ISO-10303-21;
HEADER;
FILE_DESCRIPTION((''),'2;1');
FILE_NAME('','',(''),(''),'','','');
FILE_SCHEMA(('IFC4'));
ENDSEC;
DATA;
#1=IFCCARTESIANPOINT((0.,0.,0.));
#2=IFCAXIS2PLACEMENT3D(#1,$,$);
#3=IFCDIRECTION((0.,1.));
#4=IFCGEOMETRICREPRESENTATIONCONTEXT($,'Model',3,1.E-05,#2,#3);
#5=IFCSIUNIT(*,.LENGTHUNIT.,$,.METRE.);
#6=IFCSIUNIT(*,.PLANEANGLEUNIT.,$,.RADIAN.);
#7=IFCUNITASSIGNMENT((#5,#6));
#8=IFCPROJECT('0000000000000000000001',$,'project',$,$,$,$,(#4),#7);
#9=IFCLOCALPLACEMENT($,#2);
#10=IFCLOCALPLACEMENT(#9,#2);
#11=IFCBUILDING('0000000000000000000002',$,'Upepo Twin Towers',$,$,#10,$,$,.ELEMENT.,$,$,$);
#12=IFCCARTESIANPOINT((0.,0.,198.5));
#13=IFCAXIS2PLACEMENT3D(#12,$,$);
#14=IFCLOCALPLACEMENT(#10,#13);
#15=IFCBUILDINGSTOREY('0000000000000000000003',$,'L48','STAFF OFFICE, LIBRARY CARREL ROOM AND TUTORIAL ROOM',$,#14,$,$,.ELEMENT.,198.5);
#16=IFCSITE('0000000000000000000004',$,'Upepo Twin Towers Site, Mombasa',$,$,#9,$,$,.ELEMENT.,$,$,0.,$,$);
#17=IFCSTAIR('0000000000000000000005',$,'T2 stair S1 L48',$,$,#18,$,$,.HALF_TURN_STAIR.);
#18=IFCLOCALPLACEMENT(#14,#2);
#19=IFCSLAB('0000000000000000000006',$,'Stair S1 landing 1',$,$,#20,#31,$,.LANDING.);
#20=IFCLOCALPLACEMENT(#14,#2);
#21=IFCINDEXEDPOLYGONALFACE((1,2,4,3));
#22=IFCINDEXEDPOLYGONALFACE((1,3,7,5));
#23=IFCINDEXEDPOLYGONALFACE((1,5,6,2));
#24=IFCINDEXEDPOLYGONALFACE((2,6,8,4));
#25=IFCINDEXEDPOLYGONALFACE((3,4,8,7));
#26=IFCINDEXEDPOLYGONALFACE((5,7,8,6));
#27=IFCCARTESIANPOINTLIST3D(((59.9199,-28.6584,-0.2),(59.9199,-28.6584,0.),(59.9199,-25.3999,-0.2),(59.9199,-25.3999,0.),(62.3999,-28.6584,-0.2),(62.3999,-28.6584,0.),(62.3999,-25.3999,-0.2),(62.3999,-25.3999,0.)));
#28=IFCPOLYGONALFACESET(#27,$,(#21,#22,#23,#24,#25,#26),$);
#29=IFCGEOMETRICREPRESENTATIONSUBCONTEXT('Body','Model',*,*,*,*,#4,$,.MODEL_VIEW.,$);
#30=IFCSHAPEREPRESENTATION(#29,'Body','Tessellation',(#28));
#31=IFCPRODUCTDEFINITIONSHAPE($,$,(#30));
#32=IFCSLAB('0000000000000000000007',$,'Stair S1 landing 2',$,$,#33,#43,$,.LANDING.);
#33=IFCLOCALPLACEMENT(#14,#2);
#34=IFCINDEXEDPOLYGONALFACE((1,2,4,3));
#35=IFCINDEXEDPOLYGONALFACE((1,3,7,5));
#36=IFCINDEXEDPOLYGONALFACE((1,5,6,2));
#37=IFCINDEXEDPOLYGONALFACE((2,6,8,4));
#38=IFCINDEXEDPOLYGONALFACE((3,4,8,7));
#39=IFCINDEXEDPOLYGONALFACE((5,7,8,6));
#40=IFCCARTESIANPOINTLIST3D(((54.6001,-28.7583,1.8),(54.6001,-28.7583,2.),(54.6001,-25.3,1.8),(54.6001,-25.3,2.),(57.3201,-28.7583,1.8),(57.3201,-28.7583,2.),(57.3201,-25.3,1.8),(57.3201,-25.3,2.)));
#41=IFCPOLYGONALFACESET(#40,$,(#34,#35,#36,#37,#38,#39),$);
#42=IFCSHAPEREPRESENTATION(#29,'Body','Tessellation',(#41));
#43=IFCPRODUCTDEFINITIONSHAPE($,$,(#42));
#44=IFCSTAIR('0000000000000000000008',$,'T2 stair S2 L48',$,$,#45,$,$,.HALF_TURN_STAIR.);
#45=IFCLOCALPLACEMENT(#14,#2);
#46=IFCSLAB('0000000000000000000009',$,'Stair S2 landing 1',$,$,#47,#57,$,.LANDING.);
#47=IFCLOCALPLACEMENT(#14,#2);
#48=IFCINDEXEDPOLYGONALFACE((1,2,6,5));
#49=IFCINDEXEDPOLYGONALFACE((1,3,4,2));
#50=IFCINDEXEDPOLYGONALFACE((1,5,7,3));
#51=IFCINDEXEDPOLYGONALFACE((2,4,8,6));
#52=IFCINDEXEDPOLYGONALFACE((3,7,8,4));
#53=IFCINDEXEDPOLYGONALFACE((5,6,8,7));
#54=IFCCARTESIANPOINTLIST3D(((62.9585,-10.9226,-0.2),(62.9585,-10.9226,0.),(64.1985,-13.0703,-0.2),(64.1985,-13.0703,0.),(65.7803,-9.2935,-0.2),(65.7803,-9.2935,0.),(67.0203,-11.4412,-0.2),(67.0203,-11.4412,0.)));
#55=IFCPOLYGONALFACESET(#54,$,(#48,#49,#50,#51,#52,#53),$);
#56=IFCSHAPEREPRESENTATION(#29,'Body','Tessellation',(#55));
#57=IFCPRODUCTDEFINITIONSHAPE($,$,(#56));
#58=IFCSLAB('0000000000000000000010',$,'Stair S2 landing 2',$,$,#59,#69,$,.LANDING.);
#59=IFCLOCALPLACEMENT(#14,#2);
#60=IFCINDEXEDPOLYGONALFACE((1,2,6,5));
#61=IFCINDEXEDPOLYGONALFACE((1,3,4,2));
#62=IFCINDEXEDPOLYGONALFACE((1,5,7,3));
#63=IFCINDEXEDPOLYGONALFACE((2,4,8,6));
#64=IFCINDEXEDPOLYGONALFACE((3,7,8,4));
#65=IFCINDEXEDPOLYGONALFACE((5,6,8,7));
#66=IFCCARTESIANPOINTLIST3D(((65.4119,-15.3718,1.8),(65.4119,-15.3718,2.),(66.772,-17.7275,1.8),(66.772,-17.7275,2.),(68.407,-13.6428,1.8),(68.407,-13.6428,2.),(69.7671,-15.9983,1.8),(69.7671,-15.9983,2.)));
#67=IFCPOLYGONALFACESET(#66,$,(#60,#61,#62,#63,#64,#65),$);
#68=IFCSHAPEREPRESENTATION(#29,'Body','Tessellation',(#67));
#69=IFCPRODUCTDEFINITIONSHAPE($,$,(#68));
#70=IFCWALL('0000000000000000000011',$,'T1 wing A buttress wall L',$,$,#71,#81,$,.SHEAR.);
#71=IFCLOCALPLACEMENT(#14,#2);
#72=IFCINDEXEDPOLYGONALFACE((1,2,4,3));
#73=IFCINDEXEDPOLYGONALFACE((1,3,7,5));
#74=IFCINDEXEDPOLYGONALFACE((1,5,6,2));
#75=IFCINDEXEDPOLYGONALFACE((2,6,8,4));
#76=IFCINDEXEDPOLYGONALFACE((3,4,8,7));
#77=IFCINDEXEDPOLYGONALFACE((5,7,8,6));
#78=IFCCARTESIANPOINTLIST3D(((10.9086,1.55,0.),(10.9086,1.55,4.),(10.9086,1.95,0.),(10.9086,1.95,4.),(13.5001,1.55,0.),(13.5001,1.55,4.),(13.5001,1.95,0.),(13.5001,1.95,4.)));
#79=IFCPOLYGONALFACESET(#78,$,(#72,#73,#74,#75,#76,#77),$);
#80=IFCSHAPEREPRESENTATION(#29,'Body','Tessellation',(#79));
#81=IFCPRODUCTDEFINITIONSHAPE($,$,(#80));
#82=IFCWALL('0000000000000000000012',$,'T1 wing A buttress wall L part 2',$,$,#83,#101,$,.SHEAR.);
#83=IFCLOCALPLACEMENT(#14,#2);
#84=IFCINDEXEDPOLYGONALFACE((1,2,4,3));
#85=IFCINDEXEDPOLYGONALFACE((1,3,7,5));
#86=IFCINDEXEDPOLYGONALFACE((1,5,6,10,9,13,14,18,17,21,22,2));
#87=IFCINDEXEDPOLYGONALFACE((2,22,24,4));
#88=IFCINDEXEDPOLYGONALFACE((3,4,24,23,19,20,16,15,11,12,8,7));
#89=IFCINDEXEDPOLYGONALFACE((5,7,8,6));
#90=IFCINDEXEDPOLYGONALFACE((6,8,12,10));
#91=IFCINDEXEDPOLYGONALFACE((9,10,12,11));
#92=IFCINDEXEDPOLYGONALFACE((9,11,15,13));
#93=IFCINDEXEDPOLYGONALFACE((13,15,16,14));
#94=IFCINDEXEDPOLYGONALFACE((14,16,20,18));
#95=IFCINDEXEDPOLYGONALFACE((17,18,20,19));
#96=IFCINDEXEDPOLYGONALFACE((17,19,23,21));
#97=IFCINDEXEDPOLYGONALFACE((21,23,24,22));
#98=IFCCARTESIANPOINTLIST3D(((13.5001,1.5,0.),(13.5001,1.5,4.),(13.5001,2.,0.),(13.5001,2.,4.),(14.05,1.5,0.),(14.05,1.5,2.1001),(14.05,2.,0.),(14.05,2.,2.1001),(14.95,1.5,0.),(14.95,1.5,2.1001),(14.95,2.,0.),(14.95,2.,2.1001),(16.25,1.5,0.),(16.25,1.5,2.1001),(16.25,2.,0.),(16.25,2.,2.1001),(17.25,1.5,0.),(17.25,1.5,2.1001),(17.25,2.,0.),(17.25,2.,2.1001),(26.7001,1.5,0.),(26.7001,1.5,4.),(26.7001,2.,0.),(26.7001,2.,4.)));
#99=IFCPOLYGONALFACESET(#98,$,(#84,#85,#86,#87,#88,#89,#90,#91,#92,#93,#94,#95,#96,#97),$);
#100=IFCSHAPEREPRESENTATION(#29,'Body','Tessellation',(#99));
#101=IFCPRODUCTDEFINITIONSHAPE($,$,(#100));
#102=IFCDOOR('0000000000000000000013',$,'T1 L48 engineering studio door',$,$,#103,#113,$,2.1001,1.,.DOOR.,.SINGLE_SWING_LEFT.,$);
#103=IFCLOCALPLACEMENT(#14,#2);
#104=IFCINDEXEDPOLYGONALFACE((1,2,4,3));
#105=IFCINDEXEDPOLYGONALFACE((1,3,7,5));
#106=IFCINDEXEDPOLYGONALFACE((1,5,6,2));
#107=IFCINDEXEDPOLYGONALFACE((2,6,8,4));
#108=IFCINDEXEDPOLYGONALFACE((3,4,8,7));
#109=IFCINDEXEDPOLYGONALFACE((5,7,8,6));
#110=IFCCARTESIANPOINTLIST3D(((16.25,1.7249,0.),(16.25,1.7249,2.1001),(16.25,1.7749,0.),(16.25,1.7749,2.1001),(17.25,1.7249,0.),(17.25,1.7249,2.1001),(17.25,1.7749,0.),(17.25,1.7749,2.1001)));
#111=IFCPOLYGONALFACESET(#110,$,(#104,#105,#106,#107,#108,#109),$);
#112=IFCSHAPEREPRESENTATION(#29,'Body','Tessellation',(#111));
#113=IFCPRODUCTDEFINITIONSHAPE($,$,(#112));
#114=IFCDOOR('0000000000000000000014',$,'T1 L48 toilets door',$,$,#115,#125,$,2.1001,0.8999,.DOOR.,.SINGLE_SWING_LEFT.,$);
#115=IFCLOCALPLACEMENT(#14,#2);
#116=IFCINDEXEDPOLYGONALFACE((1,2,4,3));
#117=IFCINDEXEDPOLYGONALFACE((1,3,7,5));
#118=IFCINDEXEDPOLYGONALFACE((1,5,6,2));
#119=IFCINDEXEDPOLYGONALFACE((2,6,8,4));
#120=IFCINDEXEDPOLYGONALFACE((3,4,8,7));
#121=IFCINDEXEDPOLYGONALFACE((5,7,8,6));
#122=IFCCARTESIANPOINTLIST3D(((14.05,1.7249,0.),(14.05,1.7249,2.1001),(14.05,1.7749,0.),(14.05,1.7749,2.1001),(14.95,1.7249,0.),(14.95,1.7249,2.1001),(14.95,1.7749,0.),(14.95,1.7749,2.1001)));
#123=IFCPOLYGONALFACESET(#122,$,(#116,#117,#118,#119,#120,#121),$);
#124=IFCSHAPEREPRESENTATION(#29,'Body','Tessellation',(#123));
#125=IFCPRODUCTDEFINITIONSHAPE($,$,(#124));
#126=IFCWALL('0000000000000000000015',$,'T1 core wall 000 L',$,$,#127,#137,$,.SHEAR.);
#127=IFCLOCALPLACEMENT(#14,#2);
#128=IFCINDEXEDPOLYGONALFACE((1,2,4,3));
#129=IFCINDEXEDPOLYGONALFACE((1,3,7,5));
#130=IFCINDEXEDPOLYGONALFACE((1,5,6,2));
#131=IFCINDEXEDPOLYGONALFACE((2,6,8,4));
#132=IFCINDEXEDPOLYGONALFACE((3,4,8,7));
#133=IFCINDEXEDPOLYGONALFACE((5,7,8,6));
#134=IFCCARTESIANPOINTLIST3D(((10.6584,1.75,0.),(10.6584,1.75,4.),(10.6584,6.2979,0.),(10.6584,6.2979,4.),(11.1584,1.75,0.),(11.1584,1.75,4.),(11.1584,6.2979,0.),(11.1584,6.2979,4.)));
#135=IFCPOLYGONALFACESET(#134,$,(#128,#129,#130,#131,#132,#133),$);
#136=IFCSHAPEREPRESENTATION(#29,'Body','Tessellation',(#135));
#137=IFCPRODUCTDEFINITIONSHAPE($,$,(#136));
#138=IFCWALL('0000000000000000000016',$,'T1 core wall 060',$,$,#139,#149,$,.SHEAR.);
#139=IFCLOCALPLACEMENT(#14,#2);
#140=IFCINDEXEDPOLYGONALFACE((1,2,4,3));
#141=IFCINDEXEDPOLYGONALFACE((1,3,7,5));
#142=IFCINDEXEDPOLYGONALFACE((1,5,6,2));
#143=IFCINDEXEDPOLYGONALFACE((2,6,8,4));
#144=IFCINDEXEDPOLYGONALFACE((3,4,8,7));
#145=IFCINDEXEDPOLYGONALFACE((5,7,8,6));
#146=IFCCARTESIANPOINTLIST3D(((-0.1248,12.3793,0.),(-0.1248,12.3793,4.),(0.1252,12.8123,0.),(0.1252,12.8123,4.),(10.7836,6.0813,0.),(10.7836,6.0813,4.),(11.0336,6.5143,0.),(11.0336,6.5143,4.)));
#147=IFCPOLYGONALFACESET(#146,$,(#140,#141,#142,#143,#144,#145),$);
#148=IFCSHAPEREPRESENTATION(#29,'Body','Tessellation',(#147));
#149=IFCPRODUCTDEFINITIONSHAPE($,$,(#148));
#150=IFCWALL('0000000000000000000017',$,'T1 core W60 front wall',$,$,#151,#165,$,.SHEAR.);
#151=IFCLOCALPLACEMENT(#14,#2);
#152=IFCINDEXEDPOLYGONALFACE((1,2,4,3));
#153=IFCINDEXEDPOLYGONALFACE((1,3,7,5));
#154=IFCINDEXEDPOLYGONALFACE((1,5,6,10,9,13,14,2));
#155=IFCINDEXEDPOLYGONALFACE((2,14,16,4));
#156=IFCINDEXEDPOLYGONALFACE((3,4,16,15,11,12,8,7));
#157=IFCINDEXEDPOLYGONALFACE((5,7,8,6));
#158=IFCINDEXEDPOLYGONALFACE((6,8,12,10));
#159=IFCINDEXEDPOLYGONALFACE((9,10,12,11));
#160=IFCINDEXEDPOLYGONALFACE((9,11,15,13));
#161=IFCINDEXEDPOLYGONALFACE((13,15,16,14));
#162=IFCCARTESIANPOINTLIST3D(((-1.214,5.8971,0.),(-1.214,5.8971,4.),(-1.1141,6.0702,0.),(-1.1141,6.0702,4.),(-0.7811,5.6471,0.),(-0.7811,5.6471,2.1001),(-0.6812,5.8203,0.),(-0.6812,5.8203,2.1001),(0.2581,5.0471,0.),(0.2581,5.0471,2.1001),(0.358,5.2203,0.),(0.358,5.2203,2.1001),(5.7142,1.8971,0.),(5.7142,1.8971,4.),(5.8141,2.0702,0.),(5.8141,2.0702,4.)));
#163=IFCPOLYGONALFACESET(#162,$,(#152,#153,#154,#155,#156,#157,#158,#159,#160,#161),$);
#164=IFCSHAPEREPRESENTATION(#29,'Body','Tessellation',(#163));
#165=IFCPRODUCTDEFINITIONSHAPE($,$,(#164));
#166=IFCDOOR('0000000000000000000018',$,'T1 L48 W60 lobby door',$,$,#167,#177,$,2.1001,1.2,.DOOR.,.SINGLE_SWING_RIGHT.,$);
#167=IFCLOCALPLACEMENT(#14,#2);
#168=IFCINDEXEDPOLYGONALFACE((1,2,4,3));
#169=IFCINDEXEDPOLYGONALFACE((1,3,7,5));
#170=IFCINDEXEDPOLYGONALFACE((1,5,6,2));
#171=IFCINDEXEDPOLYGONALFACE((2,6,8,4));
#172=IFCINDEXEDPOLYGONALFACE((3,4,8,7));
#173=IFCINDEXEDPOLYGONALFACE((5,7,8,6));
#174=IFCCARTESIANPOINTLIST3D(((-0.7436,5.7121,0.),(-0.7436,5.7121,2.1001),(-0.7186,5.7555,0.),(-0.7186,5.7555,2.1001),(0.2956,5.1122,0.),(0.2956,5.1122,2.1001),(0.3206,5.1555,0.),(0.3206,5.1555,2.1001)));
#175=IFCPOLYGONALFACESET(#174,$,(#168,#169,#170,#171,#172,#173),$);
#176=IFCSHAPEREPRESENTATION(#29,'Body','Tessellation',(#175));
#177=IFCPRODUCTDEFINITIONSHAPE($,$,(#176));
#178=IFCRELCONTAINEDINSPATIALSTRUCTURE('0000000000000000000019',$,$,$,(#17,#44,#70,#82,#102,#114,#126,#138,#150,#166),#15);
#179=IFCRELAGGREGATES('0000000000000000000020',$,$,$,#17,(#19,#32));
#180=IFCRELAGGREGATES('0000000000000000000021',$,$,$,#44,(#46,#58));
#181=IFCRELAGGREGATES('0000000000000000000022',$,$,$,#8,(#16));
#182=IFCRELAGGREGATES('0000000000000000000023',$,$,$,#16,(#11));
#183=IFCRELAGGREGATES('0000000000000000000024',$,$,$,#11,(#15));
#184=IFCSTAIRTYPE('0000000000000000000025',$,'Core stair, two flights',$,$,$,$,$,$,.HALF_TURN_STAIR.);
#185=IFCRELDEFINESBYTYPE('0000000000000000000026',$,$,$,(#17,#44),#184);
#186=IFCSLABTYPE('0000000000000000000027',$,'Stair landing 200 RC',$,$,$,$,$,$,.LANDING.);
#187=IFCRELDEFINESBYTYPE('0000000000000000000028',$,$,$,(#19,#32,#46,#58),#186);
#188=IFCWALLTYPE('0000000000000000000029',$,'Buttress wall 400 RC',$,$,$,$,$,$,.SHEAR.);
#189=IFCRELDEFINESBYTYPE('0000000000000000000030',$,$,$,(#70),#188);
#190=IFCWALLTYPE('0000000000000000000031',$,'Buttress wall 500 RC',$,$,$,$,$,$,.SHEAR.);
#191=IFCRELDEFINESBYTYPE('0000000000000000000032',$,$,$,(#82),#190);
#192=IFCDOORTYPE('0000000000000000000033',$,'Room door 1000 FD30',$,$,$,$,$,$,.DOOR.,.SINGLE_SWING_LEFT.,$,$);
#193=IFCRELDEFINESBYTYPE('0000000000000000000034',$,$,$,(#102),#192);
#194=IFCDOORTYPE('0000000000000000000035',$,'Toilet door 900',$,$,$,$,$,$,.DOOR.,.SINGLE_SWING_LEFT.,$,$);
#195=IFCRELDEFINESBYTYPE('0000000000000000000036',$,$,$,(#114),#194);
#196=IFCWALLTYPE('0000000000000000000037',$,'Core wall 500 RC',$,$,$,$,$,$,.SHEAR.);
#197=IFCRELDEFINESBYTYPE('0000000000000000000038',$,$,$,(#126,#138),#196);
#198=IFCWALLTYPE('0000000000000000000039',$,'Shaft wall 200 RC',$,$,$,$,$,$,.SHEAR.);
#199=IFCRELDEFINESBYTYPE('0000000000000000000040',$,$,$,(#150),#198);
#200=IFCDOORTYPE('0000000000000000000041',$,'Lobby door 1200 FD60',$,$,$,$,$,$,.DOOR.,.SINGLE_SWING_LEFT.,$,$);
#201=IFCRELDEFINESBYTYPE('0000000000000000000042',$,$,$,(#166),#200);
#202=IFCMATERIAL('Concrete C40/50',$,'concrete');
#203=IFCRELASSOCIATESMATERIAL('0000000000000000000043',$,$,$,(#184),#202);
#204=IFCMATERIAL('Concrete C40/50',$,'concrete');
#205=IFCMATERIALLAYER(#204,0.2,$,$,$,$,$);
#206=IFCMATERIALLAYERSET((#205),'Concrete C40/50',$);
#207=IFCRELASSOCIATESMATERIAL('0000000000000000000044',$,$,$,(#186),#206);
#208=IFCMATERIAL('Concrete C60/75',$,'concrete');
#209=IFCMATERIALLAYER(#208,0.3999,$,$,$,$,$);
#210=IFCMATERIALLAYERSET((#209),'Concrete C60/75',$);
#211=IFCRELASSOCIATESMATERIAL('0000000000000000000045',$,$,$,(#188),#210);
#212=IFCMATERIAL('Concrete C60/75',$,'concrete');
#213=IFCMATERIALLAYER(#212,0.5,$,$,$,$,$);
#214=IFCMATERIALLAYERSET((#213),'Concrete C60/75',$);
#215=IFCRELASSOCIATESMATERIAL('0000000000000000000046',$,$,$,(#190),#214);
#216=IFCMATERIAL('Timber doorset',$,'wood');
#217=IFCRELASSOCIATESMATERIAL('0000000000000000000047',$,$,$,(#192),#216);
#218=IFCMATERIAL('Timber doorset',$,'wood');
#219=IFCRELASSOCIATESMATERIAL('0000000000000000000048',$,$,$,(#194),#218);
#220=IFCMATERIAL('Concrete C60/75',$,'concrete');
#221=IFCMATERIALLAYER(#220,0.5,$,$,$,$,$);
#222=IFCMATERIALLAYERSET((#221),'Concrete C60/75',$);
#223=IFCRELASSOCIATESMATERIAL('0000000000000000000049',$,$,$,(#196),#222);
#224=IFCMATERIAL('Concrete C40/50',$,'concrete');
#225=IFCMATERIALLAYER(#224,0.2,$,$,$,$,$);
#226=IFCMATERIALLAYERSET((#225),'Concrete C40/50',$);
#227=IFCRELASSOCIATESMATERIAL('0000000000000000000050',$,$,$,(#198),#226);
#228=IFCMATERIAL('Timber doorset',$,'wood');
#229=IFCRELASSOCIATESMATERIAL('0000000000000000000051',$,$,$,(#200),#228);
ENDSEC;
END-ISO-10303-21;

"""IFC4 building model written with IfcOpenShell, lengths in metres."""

from ifc_helpers import new_model, si_unit, direction, frame, frame_2d, origin, place, context, subcontext, project, spatial, polyline, rectangle, outline, extrude, material, layer, layer_set, type_object, element, fill, aggregate, save


model = new_model("IFC4")

# Units and contexts
model_context = context("Model", 3, precision=1e-05, world=origin(), true_north=direction((0.0, 1.0)))
body_context = subcontext(model_context, "Body", "Model", "MODEL_VIEW")
ifc_project = project(units=[si_unit("LENGTHUNIT", "METRE"), si_unit("PLANEANGLEUNIT", "RADIAN")], contexts=[model_context])

# Site, building, storey
site_placement = place(None, origin())
site = spatial("IfcSite", under=ifc_project, at=site_placement, Name="Upepo Twin Towers Site, Mombasa", CompositionType="ELEMENT", RefElevation=0.0)
building_placement = place(site_placement, origin())
building = spatial("IfcBuilding", under=site, at=building_placement, Name="Upepo Twin Towers", CompositionType="ELEMENT")
storey_placement = place(building_placement, frame((0.0, 0.0, 198.5)))
storey = spatial("IfcBuildingStorey", under=building, at=storey_placement, Name="L48", Description="STAFF OFFICE, LIBRARY CARREL ROOM AND TUTORIAL ROOM", CompositionType="ELEMENT", Elevation=198.5)

# Shared definitions
ifc_material_1 = material(Name="Concrete C40/50", Category="concrete")
stair_type = type_object("IfcStairType", Name="Core stair, two flights", PredefinedType="HALF_TURN_STAIR", material=ifc_material_1)
ifc_material_2 = material(Name="Concrete C40/50", Category="concrete")
ifc_layer_1 = layer(ifc_material_2, 0.2)
ifc_layer_set_1 = layer_set([ifc_layer_1], Name="Concrete C40/50")
slab_type = type_object("IfcSlabType", Name="Stair landing 200 RC", PredefinedType="LANDING", material=ifc_layer_set_1)

# Stairs, slabs
stair_1_placement = place(storey_placement, origin())
stair_1 = element("IfcStair", 1, at=stair_1_placement, inside=storey, type_object=stair_type, Name="T2 stair S1 L48", PredefinedType="HALF_TURN_STAIR")
slab_1_placement = place(storey_placement, frame((0.0, 0.0, -0.2)))
slab_1 = element("IfcSlab", 2, at=slab_1_placement, type_object=slab_type, Name="Stair S1 landing 1", PredefinedType="LANDING", context=body_context, shape_type="SweptSolid", body=[
    extrude(outline(polyline([(59.9199, -25.3999), (59.9199, -28.6584), (62.3999, -28.6584), (62.3999, -25.3999), (59.9199, -25.3999)])), origin(), (0.0, 0.0, 1.0), 0.2),
])
slab_2_placement = place(storey_placement, frame((0.0, 0.0, 1.8)))
slab_2 = element("IfcSlab", 3, at=slab_2_placement, type_object=slab_type, Name="Stair S1 landing 2", PredefinedType="LANDING", context=body_context, shape_type="SweptSolid", body=[
    extrude(outline(polyline([(54.6001, -25.3), (54.6001, -28.7583), (57.3201, -28.7583), (57.3201, -25.3), (54.6001, -25.3)])), origin(), (0.0, 0.0, 1.0), 0.2),
])
aggregate(stair_1, [slab_1, slab_2])
stair_2_placement = place(storey_placement, origin())
stair_2 = element("IfcStair", 4, at=stair_2_placement, inside=storey, type_object=stair_type, Name="T2 stair S2 L48", PredefinedType="HALF_TURN_STAIR")
slab_3_placement = place(storey_placement, frame((0.0, 0.0, -0.2)))
slab_3 = element("IfcSlab", 5, at=slab_3_placement, type_object=slab_type, Name="Stair S2 landing 1", PredefinedType="LANDING", context=body_context, shape_type="SweptSolid", body=[
    extrude(outline(polyline([(64.1985, -13.0703), (67.0203, -11.4412), (65.7803, -9.2935), (62.9585, -10.9226), (64.1985, -13.0703)])), origin(), (0.0, 0.0, 1.0), 0.2),
])
slab_4_placement = place(storey_placement, frame((0.0, 0.0, 1.8)))
slab_4 = element("IfcSlab", 6, at=slab_4_placement, type_object=slab_type, Name="Stair S2 landing 2", PredefinedType="LANDING", context=body_context, shape_type="SweptSolid", body=[
    extrude(outline(polyline([(66.772, -17.7275), (69.7671, -15.9983), (68.407, -13.6428), (65.4119, -15.3718), (66.772, -17.7275)])), origin(), (0.0, 0.0, 1.0), 0.2),
])
aggregate(stair_2, [slab_3, slab_4])

# Wall
ifc_material_3 = material(Name="Concrete C60/75", Category="concrete")
ifc_layer_2 = layer(ifc_material_3, 0.3999)
ifc_layer_set_2 = layer_set([ifc_layer_2], Name="Concrete C60/75")
wall_type_1 = type_object("IfcWallType", Name="Buttress wall 400 RC", PredefinedType="SHEAR", material=ifc_layer_set_2)
wall_1_placement = place(storey_placement, frame((10.9084, 1.75, 0.0), z_axis=(0.0, 0.0, 1.0), x_axis=(1.0, 0.0, 0.0)))
element("IfcWall", 7, at=wall_1_placement, inside=storey, type_object=wall_type_1, Name="T1 wing A buttress wall L", PredefinedType="SHEAR", context=body_context, shape_type="SweptSolid", body=[
    extrude(rectangle(XDim=2.5916, YDim=0.3999, at=frame_2d((1.2959, 0.0))), origin(), (0.0, 0.0, 1.0), 4.0),
])

# Wall, openings, doors
ifc_material_4 = material(Name="Concrete C60/75", Category="concrete")
ifc_layer_3 = layer(ifc_material_4, 0.5)
ifc_layer_set_3 = layer_set([ifc_layer_3], Name="Concrete C60/75")
wall_type_2 = type_object("IfcWallType", Name="Buttress wall 500 RC", PredefinedType="SHEAR", material=ifc_layer_set_3)
wall_2_placement = place(storey_placement, frame((13.5, 1.75, 0.0), z_axis=(0.0, 0.0, 1.0), x_axis=(1.0, 0.0, 0.0)))
wall_2 = element("IfcWall", 8, at=wall_2_placement, inside=storey, type_object=wall_type_2, Name="T1 wing A buttress wall L part 2", PredefinedType="SHEAR", context=body_context, shape_type="SweptSolid", body=[
    extrude(rectangle(XDim=13.2, YDim=0.5, at=frame_2d((6.6001, 0.0))), origin(), (0.0, 0.0, 1.0), 4.0),
])
opening_1_placement = place(wall_2_placement, frame((0.55, 0.0, 0.0)))
opening_1 = element("IfcOpeningElement", 9, at=opening_1_placement, cuts=wall_2, PredefinedType="OPENING", context=body_context, shape_type="SweptSolid", body=[
    extrude(rectangle(XDim=0.8999, YDim=2.1001, at=frame_2d((0.45, 1.05))), frame((0.0, 0.26, 0.0), z_axis=(0.0, -1.0, 0.0), x_axis=(1.0, 0.0, 0.0)), (0.0, 0.0, 1.0), 0.52),
])
opening_2_placement = place(wall_2_placement, frame((2.75, 0.0, 0.0)))
opening_2 = element("IfcOpeningElement", 10, at=opening_2_placement, cuts=wall_2, PredefinedType="OPENING", context=body_context, shape_type="SweptSolid", body=[
    extrude(rectangle(XDim=1.0, YDim=2.1001, at=frame_2d((0.5, 1.05))), frame((0.0, 0.26, 0.0), z_axis=(0.0, -1.0, 0.0), x_axis=(1.0, 0.0, 0.0)), (0.0, 0.0, 1.0), 0.52),
])
ifc_material_5 = material(Name="Timber doorset", Category="wood")
door_type_1 = type_object("IfcDoorType", Name="Room door 1000 FD30", OperationType="SINGLE_SWING_LEFT", PredefinedType="DOOR", material=ifc_material_5)
door_1_placement = place(opening_2_placement, origin())
door_1 = element("IfcDoor", 11, at=door_1_placement, inside=storey, type_object=door_type_1, Name="T1 L48 engineering studio door", OperationType="SINGLE_SWING_LEFT", OverallHeight=2.1001, OverallWidth=1.0, PredefinedType="DOOR", context=body_context, shape_type="SweptSolid", body=[
    extrude(rectangle(XDim=1.0, YDim=2.1001, at=frame_2d((0.5, 1.05))), frame((0.0, 0.0249, 0.0), z_axis=(0.0, -1.0, 0.0), x_axis=(1.0, 0.0, 0.0)), (0.0, 0.0, 1.0), 0.05),
])
fill(opening_2, door_1)
ifc_material_6 = material(Name="Timber doorset", Category="wood")
door_type_2 = type_object("IfcDoorType", Name="Toilet door 900", OperationType="SINGLE_SWING_LEFT", PredefinedType="DOOR", material=ifc_material_6)
door_2_placement = place(opening_1_placement, origin())
door_2 = element("IfcDoor", 12, at=door_2_placement, inside=storey, type_object=door_type_2, Name="T1 L48 toilets door", OperationType="SINGLE_SWING_LEFT", OverallHeight=2.1001, OverallWidth=0.8999, PredefinedType="DOOR", context=body_context, shape_type="SweptSolid", body=[
    extrude(rectangle(XDim=0.8999, YDim=2.1001, at=frame_2d((0.45, 1.05))), frame((0.0, 0.0249, 0.0), z_axis=(0.0, -1.0, 0.0), x_axis=(1.0, 0.0, 0.0)), (0.0, 0.0, 1.0), 0.05),
])
fill(opening_1, door_2)

# Walls
ifc_material_7 = material(Name="Concrete C60/75", Category="concrete")
ifc_layer_4 = layer(ifc_material_7, 0.5)
ifc_layer_set_4 = layer_set([ifc_layer_4], Name="Concrete C60/75")
wall_type_3 = type_object("IfcWallType", Name="Core wall 500 RC", PredefinedType="SHEAR", material=ifc_layer_set_4)
wall_3_placement = place(storey_placement, frame((10.9084, 1.75, 0.0), z_axis=(0.0, 0.0, 1.0), x_axis=(0.0, 1.0, 0.0)))
element("IfcWall", 13, at=wall_3_placement, inside=storey, type_object=wall_type_3, Name="T1 core wall 000 L", PredefinedType="SHEAR", context=body_context, shape_type="SweptSolid", body=[
    extrude(rectangle(XDim=4.5479, YDim=0.5, at=frame_2d((2.2739, 0.0))), origin(), (0.0, 0.0, 1.0), 4.0),
])
wall_4_placement = place(storey_placement, frame((10.9084, 6.2979, 0.0), z_axis=(0.0, 0.0, 1.0), x_axis=(-0.866022, 0.500006, 0.0)))
element("IfcWall", 14, at=wall_4_placement, inside=storey, type_object=wall_type_3, Name="T1 core wall 060", PredefinedType="SHEAR", context=body_context, shape_type="SweptSolid", body=[
    extrude(rectangle(XDim=12.5959, YDim=0.5, at=frame_2d((6.2979, 0.0))), origin(), (0.0, 0.0, 1.0), 4.0),
])

# Wall, opening, door
ifc_material_8 = material(Name="Concrete C40/50", Category="concrete")
ifc_layer_5 = layer(ifc_material_8, 0.2)
ifc_layer_set_5 = layer_set([ifc_layer_5], Name="Concrete C40/50")
wall_type_4 = type_object("IfcWallType", Name="Shaft wall 200 RC", PredefinedType="SHEAR", material=ifc_layer_set_5)
wall_5_placement = place(storey_placement, frame((5.7642, 1.9836, 0.0), z_axis=(0.0, 0.0, 1.0), x_axis=(-0.866026, 0.499999, 0.0)))
wall_5 = element("IfcWall", 15, at=wall_5_placement, inside=storey, type_object=wall_type_4, Name="T1 core W60 front wall", PredefinedType="SHEAR", context=body_context, shape_type="SweptSolid", body=[
    extrude(rectangle(XDim=8.0, YDim=0.2, at=frame_2d((4.0, 0.0))), origin(), (0.0, 0.0, 1.0), 4.0),
])
opening_3_placement = place(wall_5_placement, frame((6.3, 0.0, 0.0)))
opening_3 = element("IfcOpeningElement", 16, at=opening_3_placement, cuts=wall_5, PredefinedType="OPENING", context=body_context, shape_type="SweptSolid", body=[
    extrude(rectangle(XDim=1.2, YDim=2.1001, at=frame_2d((0.6001, 1.05))), frame((0.0, 0.1099, 0.0), z_axis=(0.0, -1.0, 0.0), x_axis=(1.0, 0.0, 0.0)), (0.0, 0.0, 1.0), 0.22),
])
ifc_material_9 = material(Name="Timber doorset", Category="wood")
door_type_3 = type_object("IfcDoorType", Name="Lobby door 1200 FD60", OperationType="SINGLE_SWING_LEFT", PredefinedType="DOOR", material=ifc_material_9)
door_3_placement = place(opening_3_placement, origin())
door_3 = element("IfcDoor", 17, at=door_3_placement, inside=storey, type_object=door_type_3, Name="T1 L48 W60 lobby door", OperationType="SINGLE_SWING_RIGHT", OverallHeight=2.1001, OverallWidth=1.2, PredefinedType="DOOR", context=body_context, shape_type="SweptSolid", body=[
    extrude(rectangle(XDim=1.2, YDim=2.1001, at=frame_2d((0.6001, 1.05))), frame((0.0, 0.0249, 0.0), z_axis=(0.0, -1.0, 0.0), x_axis=(1.0, 0.0, 0.0)), (0.0, 0.0, 1.0), 0.05),
])
fill(opening_3, door_3)

save(model, "model.ifc")
